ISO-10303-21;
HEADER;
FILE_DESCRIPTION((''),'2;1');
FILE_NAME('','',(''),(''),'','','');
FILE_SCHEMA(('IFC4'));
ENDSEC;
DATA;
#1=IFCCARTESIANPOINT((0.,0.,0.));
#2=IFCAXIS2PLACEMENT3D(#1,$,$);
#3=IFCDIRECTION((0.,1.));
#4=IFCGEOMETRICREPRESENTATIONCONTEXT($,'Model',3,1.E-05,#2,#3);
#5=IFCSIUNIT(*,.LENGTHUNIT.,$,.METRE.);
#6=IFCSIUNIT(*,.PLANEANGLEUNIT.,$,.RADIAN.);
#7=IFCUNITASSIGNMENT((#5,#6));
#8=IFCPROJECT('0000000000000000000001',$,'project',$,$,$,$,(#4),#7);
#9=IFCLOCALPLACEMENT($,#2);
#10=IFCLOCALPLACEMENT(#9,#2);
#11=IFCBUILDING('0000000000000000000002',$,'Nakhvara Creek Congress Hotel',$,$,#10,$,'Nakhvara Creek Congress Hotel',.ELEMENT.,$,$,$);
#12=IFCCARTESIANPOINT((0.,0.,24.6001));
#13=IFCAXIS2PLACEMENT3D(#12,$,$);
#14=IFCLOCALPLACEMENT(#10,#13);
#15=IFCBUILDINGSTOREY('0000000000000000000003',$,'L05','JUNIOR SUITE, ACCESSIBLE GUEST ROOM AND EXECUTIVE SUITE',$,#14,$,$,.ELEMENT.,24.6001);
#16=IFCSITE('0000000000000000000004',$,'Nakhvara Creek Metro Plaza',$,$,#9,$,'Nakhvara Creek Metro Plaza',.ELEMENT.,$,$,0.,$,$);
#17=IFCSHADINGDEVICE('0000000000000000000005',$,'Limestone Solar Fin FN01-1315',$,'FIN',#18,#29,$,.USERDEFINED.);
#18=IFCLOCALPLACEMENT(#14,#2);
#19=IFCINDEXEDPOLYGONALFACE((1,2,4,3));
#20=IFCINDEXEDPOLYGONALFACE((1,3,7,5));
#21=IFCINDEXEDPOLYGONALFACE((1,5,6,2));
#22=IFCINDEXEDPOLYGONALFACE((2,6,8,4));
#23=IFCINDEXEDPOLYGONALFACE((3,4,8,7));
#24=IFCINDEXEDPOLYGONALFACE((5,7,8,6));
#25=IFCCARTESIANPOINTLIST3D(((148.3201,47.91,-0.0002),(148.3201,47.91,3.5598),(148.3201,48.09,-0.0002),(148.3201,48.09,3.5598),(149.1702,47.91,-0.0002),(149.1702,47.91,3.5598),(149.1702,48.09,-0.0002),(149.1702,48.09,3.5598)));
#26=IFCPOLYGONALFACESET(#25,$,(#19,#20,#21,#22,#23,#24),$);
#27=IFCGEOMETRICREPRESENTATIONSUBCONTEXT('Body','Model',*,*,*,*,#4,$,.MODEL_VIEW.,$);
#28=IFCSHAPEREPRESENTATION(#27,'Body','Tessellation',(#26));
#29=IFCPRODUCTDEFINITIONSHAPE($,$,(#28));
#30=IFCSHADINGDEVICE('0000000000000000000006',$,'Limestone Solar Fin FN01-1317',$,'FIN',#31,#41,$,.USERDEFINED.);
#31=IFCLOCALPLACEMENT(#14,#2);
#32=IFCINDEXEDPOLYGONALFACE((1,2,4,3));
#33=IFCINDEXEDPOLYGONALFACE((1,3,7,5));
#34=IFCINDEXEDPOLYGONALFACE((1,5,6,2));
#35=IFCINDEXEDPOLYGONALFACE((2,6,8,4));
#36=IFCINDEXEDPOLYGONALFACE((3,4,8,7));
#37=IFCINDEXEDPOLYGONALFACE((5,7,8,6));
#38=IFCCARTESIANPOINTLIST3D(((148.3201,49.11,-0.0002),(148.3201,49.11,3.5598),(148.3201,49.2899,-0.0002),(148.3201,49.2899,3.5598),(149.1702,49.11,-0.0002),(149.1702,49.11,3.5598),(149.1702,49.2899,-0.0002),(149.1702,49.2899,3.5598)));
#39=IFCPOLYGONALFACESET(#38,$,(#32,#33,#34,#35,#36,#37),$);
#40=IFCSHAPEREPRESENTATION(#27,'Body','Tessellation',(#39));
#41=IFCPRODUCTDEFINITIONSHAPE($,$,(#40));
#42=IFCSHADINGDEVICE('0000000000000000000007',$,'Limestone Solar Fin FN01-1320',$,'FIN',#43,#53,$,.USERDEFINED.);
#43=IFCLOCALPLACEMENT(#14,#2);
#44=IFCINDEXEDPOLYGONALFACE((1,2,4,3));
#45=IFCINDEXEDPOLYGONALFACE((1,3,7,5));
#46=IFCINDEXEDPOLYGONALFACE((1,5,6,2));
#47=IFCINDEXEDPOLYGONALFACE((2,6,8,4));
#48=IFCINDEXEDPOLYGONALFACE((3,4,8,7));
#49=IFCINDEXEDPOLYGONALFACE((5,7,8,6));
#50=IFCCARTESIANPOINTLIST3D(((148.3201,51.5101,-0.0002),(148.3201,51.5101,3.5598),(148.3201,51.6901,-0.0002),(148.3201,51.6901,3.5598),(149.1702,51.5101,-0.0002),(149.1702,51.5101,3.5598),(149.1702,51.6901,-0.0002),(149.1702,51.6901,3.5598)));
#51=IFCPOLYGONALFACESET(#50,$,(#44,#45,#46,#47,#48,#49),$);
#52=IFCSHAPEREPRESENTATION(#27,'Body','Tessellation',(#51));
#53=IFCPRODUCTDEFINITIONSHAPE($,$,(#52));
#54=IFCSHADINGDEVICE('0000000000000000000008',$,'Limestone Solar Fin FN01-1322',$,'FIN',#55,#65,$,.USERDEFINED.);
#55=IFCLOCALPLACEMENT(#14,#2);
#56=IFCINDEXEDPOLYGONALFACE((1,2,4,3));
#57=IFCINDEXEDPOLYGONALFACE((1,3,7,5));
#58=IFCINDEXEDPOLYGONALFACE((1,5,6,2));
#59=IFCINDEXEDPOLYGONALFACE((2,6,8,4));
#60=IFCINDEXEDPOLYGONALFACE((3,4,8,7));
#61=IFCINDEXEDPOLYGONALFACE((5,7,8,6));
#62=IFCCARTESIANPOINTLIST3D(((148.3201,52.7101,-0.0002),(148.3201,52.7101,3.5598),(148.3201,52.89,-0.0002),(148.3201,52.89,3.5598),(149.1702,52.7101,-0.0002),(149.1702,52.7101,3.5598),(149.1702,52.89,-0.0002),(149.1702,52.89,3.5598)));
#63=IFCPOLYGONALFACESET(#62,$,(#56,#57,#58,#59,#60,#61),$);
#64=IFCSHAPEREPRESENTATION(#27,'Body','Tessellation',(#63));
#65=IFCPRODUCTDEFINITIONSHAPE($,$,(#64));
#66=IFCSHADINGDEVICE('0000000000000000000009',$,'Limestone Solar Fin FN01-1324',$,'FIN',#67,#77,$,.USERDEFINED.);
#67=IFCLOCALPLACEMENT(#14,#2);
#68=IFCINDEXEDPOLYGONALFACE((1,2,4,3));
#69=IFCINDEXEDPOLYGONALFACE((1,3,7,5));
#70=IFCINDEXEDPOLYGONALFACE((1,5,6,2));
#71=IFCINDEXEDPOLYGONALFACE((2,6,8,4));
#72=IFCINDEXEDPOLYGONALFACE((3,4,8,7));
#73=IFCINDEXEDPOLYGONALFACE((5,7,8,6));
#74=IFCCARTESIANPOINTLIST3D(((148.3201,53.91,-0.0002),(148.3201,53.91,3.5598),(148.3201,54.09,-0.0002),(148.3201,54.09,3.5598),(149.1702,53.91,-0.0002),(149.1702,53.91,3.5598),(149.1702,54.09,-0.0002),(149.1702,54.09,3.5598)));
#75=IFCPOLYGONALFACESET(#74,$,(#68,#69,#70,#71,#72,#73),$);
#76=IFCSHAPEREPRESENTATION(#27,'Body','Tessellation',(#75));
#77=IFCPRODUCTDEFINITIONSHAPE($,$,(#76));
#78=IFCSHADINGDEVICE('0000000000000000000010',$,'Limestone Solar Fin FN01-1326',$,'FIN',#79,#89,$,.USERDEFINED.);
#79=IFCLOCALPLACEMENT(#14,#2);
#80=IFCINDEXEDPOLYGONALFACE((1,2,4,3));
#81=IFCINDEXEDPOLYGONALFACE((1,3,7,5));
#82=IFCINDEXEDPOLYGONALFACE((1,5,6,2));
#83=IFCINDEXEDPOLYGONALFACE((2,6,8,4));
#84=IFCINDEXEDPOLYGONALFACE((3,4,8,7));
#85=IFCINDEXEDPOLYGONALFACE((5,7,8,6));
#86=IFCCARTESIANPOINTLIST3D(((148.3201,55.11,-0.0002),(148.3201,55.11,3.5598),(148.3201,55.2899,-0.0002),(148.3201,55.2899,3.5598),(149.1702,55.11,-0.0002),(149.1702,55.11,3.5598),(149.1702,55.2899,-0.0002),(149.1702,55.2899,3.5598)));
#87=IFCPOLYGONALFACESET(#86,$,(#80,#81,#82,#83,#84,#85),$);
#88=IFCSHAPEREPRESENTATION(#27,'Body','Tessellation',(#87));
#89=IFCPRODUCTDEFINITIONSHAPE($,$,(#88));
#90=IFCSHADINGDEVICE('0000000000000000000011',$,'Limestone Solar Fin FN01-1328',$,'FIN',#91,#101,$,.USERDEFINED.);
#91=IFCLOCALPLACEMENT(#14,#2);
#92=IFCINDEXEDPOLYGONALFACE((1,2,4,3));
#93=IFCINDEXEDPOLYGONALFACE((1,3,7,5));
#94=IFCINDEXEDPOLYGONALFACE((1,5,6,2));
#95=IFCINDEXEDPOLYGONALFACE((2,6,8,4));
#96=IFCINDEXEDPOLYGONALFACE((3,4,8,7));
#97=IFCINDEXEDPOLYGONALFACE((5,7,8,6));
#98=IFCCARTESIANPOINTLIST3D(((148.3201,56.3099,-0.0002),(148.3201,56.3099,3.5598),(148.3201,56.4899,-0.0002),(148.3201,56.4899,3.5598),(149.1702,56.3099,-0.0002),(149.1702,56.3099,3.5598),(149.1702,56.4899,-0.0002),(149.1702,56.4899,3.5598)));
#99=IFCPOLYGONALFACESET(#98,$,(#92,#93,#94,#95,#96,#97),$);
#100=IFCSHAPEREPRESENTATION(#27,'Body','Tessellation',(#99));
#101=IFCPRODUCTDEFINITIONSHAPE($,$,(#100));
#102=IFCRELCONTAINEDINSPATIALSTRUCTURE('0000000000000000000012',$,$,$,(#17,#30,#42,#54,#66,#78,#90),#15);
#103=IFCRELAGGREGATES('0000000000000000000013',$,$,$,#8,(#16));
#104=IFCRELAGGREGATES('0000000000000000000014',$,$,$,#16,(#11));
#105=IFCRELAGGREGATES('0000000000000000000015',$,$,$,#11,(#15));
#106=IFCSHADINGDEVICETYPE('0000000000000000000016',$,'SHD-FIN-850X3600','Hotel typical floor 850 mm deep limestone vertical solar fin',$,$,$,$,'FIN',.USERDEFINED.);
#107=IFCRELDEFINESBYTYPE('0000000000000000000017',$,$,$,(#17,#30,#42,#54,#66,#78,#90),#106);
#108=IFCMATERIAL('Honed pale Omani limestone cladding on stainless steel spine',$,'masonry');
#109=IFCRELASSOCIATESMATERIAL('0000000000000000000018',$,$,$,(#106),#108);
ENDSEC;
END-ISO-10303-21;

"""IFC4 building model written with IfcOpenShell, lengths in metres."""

from ifc_helpers import new_model, si_unit, direction, frame, origin, origin_2d, place, context, subcontext, project, spatial, rectangle, extrude, material, type_object, element, save


model = new_model("IFC4")

# Units and contexts
model_context = context("Model", 3, precision=1e-05, world=origin(), true_north=direction((0.0, 1.0)))
body_context = subcontext(model_context, "Body", "Model", "MODEL_VIEW")
ifc_project = project(units=[si_unit("LENGTHUNIT", "METRE"), si_unit("PLANEANGLEUNIT", "RADIAN")], contexts=[model_context])

# Site, building, storey
site_placement = place(None, origin())
site = spatial("IfcSite", under=ifc_project, at=site_placement, Name="Nakhvara Creek Metro Plaza", LongName="Nakhvara Creek Metro Plaza", CompositionType="ELEMENT", RefElevation=0.0)
building_placement = place(site_placement, origin())
building = spatial("IfcBuilding", under=site, at=building_placement, Name="Nakhvara Creek Congress Hotel", LongName="Nakhvara Creek Congress Hotel", CompositionType="ELEMENT")
storey_placement = place(building_placement, frame((0.0, 0.0, 24.6001)))
storey = spatial("IfcBuildingStorey", under=building, at=storey_placement, Name="L05", Description="JUNIOR SUITE, ACCESSIBLE GUEST ROOM AND EXECUTIVE SUITE", CompositionType="ELEMENT", Elevation=24.6001)

# Shading devices
ifc_material_1 = material(Name="Honed pale Omani limestone cladding on stainless steel spine", Category="masonry")
shading_device_type = type_object("IfcShadingDeviceType", Name="SHD-FIN-850X3600", Description="Hotel typical floor 850 mm deep limestone vertical solar fin", ElementType="FIN", PredefinedType="USERDEFINED", material=ifc_material_1)
for number, where, z_axis, x_axis, name in (
    (1, (148.7451, 48.0, -0.0002), (0.0, 0.0, 1.0), (0.0, 1.0, 0.0), "Limestone Solar Fin FN01-1315"),
    (2, (148.7451, 49.2, -0.0002), (0.0, 0.0, 1.0), (0.0, 1.0, 0.0), "Limestone Solar Fin FN01-1317"),
    (3, (148.7451, 51.6001, -0.0002), (0.0, 0.0, 1.0), (0.0, 1.0, 0.0), "Limestone Solar Fin FN01-1320"),
    (4, (148.7451, 52.8, -0.0002), (0.0, 0.0, 1.0), (0.0, 1.0, 0.0), "Limestone Solar Fin FN01-1322"),
    (5, (148.7451, 54.0, -0.0002), (0.0, 0.0, 1.0), (0.0, 1.0, 0.0), "Limestone Solar Fin FN01-1324"),
    (6, (148.7451, 55.2, -0.0002), (0.0, 0.0, 1.0), (0.0, 1.0, 0.0), "Limestone Solar Fin FN01-1326"),
    (7, (148.7451, 56.3999, -0.0002), (0.0, 0.0, 1.0), (0.0, 1.0, 0.0), "Limestone Solar Fin FN01-1328"),
):
    element("IfcShadingDevice", number, at=place(storey_placement, frame(where, z_axis=z_axis, x_axis=x_axis)), inside=storey, type_object=shading_device_type, Name=name, ObjectType="FIN", PredefinedType="USERDEFINED", context=body_context, shape_type="SweptSolid", body=[
        extrude(rectangle(XDim=0.1799, YDim=0.8501, at=origin_2d()), origin(), (0.0, 0.0, 1.0), 3.5601),
    ])

save(model, "model.ifc")
